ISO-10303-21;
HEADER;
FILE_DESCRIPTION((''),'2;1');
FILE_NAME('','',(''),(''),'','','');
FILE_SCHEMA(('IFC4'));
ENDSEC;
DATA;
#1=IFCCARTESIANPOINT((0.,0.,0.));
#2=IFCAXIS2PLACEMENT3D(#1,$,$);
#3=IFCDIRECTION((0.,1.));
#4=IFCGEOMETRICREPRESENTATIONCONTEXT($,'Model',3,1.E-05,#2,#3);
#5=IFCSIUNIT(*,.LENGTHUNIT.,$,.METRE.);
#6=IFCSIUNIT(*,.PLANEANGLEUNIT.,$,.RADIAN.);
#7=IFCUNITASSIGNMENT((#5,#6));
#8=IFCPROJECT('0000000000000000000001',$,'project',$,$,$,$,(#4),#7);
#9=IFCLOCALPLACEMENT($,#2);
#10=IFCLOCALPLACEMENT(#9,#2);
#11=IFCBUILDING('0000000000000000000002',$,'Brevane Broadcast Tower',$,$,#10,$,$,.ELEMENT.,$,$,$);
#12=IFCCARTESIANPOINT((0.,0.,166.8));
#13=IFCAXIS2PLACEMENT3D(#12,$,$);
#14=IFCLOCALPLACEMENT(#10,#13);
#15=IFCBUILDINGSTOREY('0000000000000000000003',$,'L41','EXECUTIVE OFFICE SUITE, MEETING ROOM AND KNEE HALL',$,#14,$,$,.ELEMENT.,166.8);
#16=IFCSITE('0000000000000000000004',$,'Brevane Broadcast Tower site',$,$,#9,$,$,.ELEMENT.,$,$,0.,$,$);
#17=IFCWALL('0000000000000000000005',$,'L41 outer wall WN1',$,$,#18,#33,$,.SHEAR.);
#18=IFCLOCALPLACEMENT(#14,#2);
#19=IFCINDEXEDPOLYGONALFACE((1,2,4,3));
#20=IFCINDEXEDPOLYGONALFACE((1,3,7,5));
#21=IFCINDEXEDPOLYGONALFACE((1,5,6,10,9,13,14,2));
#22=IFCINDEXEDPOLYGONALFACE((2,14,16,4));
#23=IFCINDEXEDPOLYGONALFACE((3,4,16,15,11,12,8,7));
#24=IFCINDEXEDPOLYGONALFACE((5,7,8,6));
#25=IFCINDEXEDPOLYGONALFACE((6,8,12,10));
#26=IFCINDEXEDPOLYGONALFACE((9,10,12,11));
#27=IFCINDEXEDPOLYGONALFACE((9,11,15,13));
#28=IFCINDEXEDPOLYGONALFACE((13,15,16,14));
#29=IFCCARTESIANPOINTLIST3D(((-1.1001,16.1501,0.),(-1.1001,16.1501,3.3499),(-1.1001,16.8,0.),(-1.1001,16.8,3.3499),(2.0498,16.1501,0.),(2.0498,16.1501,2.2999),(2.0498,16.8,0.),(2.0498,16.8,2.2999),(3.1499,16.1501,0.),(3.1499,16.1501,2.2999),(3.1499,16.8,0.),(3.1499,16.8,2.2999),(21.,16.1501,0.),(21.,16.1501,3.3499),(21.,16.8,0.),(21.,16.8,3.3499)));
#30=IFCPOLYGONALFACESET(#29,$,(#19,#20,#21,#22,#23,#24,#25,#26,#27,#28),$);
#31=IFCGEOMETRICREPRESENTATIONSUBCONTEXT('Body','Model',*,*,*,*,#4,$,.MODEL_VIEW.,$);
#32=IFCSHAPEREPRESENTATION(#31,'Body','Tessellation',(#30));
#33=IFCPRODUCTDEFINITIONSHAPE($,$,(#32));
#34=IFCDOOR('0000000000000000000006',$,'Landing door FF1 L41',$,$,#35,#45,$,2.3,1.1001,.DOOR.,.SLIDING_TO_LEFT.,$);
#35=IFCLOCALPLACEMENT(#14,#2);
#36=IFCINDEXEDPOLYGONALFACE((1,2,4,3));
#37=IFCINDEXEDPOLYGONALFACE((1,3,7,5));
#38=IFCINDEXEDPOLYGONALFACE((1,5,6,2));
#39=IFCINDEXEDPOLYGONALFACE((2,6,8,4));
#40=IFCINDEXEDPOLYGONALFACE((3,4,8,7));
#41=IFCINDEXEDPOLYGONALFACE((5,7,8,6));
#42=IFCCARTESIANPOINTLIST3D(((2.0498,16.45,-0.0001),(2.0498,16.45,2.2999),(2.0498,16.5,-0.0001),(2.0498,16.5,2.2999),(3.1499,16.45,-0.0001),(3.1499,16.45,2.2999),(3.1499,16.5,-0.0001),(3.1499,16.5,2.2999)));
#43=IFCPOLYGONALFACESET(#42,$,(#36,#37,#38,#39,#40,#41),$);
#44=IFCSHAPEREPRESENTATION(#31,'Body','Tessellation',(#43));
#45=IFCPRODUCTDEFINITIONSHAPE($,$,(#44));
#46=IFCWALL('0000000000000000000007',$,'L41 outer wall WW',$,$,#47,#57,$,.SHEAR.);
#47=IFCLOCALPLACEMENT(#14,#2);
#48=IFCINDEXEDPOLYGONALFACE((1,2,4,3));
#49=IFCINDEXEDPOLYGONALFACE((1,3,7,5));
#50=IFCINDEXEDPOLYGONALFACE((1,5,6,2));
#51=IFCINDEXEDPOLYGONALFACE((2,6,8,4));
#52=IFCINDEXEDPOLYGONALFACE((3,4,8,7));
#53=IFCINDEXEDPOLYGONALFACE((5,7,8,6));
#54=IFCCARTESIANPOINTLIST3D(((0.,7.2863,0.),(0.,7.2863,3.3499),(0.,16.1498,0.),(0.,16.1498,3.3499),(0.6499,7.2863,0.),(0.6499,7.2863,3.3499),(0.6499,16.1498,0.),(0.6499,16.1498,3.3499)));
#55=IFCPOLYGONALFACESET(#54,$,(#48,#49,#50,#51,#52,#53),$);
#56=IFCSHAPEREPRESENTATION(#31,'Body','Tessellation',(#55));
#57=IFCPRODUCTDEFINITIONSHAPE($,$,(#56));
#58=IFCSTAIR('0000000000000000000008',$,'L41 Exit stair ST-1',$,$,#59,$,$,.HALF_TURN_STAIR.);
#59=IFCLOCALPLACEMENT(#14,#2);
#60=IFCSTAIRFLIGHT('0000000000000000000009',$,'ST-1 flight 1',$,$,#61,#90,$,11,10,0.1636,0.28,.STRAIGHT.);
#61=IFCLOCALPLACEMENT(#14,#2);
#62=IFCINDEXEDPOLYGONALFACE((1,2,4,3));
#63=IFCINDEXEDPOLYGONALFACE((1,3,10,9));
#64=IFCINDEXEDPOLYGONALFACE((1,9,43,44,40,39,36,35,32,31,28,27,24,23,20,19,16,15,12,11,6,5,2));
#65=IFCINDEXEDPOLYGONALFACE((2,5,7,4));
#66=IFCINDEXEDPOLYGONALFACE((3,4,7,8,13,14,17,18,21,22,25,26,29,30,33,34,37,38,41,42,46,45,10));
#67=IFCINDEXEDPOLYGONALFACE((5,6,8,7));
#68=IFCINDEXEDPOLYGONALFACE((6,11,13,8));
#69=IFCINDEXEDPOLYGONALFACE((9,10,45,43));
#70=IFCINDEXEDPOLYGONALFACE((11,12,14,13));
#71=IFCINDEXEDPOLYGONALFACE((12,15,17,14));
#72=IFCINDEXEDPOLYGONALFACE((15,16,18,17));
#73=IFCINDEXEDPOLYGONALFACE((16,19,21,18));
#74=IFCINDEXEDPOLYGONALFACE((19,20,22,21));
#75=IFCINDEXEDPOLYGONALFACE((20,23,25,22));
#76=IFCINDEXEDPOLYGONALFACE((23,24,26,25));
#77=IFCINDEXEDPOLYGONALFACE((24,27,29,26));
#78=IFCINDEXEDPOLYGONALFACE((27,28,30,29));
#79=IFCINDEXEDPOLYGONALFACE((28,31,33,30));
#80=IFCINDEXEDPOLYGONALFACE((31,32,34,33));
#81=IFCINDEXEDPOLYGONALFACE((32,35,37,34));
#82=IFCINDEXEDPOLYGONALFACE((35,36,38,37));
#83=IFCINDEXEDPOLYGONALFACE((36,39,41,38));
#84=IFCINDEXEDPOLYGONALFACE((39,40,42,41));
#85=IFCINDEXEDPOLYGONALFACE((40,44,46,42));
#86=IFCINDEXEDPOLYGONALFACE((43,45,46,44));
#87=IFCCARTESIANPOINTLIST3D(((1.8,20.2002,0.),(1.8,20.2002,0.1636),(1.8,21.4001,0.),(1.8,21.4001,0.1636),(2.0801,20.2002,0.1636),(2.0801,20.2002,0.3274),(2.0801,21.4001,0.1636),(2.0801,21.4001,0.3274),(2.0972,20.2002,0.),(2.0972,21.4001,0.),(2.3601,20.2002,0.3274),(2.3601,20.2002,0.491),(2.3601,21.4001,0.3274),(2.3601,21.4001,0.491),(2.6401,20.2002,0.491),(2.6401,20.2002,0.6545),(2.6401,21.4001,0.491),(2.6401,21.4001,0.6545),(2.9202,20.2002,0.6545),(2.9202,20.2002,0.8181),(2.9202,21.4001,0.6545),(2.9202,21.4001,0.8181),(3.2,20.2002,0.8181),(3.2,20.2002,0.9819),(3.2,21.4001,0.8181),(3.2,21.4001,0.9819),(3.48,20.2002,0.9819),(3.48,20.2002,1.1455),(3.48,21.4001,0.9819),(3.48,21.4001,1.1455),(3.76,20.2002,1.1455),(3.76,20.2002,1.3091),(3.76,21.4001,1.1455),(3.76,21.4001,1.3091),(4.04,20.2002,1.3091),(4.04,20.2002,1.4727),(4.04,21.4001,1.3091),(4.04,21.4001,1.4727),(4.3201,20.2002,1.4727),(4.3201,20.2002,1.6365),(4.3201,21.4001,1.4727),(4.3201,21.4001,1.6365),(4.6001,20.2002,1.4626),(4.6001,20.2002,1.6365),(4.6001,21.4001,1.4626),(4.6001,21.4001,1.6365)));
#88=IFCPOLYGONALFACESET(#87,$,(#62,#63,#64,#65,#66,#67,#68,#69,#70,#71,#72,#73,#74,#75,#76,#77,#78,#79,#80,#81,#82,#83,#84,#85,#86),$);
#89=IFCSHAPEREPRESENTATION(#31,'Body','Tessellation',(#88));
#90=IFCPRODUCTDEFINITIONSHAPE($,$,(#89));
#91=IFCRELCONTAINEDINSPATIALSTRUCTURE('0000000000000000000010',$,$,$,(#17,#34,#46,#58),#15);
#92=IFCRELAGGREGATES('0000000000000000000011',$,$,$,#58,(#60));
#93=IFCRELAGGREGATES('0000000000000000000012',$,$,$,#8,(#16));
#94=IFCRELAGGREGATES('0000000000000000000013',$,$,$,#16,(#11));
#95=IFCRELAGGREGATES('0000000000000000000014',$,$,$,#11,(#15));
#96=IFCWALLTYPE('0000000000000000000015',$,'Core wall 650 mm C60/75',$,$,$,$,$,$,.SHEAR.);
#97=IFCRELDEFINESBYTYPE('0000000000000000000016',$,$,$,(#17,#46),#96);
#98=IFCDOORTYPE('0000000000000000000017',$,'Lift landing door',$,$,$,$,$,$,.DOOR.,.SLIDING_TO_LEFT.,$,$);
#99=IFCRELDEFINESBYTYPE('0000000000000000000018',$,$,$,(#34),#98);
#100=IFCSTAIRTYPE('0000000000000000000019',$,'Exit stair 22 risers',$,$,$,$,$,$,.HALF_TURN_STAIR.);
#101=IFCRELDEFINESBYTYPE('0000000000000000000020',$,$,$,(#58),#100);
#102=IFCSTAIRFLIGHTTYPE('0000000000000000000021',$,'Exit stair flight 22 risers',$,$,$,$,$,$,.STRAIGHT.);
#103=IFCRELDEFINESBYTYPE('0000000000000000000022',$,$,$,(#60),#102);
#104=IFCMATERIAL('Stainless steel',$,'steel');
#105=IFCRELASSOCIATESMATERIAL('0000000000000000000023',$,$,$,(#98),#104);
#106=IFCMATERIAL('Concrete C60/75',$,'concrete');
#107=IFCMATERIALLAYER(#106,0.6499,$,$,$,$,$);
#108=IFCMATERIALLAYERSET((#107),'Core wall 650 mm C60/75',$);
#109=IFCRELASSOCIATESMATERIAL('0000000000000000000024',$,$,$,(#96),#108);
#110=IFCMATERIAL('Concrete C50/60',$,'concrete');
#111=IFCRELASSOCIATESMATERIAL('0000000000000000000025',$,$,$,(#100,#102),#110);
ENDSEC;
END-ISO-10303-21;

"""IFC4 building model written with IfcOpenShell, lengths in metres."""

from ifc_helpers import new_model, si_unit, direction, frame, frame_2d, origin, place, context, subcontext, project, spatial, polyline, rectangle, outline, extrude, material, layer, layer_set, type_object, element, fill, aggregate, save


model = new_model("IFC4")

# Units and contexts
model_context = context("Model", 3, precision=1e-05, world=origin(), true_north=direction((0.0, 1.0)))
body_context = subcontext(model_context, "Body", "Model", "MODEL_VIEW")
ifc_project = project(units=[si_unit("LENGTHUNIT", "METRE"), si_unit("PLANEANGLEUNIT", "RADIAN")], contexts=[model_context])

# Site, building, storey
site_placement = place(None, origin())
site = spatial("IfcSite", under=ifc_project, at=site_placement, Name="Brevane Broadcast Tower site", CompositionType="ELEMENT", RefElevation=0.0)
building_placement = place(site_placement, origin())
building = spatial("IfcBuilding", under=site, at=building_placement, Name="Brevane Broadcast Tower", CompositionType="ELEMENT")
storey_placement = place(building_placement, frame((0.0, 0.0, 166.8)))
storey = spatial("IfcBuildingStorey", under=building, at=storey_placement, Name="L41", Description="EXECUTIVE OFFICE SUITE, MEETING ROOM AND KNEE HALL", CompositionType="ELEMENT", Elevation=166.8)

# Shared definitions
ifc_material_1 = material(Name="Concrete C60/75", Category="concrete")

# Shared definitions
ifc_material_2 = material(Name="Stainless steel", Category="steel")
door_type_1 = type_object("IfcDoorType", Name="Lift landing door", OperationType="SLIDING_TO_LEFT", PredefinedType="DOOR", material=ifc_material_2)

# Wall, opening, door
ifc_layer_1 = layer(ifc_material_1, 0.6499)
ifc_layer_set_1 = layer_set([ifc_layer_1], Name="Core wall 650 mm C60/75")
wall_type_1 = type_object("IfcWallType", Name="Core wall 650 mm C60/75", PredefinedType="SHEAR", material=ifc_layer_set_1)
wall_1_placement = place(storey_placement, frame((-1.1001, 16.4751, 0.0), z_axis=(0.0, 0.0, 1.0), x_axis=(1.0, 0.0, 0.0)))
wall_1 = element("IfcWall", 1, at=wall_1_placement, inside=storey, type_object=wall_type_1, Name="L41 outer wall WN1", PredefinedType="SHEAR", context=body_context, shape_type="SweptSolid", body=[
    extrude(rectangle(XDim=22.1001, YDim=0.6499, at=frame_2d((11.05, 0.0))), origin(), (0.0, 0.0, 1.0), 3.3499),
])
opening_1_placement = place(wall_1_placement, frame((3.1499, 0.0, 0.0)))
opening_1 = element("IfcOpeningElement", 2, at=opening_1_placement, cuts=wall_1, PredefinedType="OPENING", context=body_context, shape_type="SweptSolid", body=[
    extrude(rectangle(XDim=1.1001, YDim=2.3, at=frame_2d((0.55, 1.1499))), frame((0.0, 0.335, 0.0), z_axis=(0.0, -1.0, 0.0), x_axis=(1.0, 0.0, 0.0)), (0.0, 0.0, 1.0), 0.6699),
])
door_1_placement = place(opening_1_placement, origin())
door_1 = element("IfcDoor", 3, at=door_1_placement, inside=storey, type_object=door_type_1, Name="Landing door FF1 L41", OperationType="SLIDING_TO_LEFT", OverallHeight=2.3, OverallWidth=1.1001, PredefinedType="DOOR", context=body_context, shape_type="SweptSolid", body=[
    extrude(rectangle(XDim=1.1001, YDim=2.3, at=frame_2d((0.55, 1.1499))), frame((0.0, 0.0249, 0.0), z_axis=(0.0, -1.0, 0.0), x_axis=(1.0, 0.0, 0.0)), (0.0, 0.0, 1.0), 0.05),
])
fill(opening_1, door_1)

# Wall
wall_2_placement = place(storey_placement, frame((0.325, 7.2864, 0.0), z_axis=(0.0, 0.0, 1.0), x_axis=(0.0, 1.0, 0.0)))
element("IfcWall", 4, at=wall_2_placement, inside=storey, type_object=wall_type_1, Name="L41 outer wall WW", PredefinedType="SHEAR", context=body_context, shape_type="SweptSolid", body=[
    extrude(rectangle(XDim=8.8635, YDim=0.6499, at=frame_2d((4.4316, 0.0))), origin(), (0.0, 0.0, 1.0), 3.3499),
])

# Stair, stair flight
ifc_material_3 = material(Name="Concrete C50/60", Category="concrete")
stair_type = type_object("IfcStairType", Name="Exit stair 22 risers", PredefinedType="HALF_TURN_STAIR", material=ifc_material_3)
stair_placement = place(storey_placement, origin())
stair = element("IfcStair", 5, at=stair_placement, inside=storey, type_object=stair_type, Name="L41 Exit stair ST-1", PredefinedType="HALF_TURN_STAIR")
stair_flight_type = type_object("IfcStairFlightType", Name="Exit stair flight 22 risers", PredefinedType="STRAIGHT", material=ifc_material_3)
stair_flight_placement = place(storey_placement, frame((1.8, 20.8, 0.0), z_axis=(0.0, 0.0, 1.0), x_axis=(1.0, 0.0, 0.0)))
stair_flight = element("IfcStairFlight", 6, at=stair_flight_placement, type_object=stair_flight_type, Name="ST-1 flight 1", NumberOfRisers=11, NumberOfTreads=10, PredefinedType="STRAIGHT", RiserHeight=0.1636, TreadLength=0.28, context=body_context, shape_type="SweptSolid", body=[
    extrude(outline(polyline([(0.0, 0.0), (0.0, 0.1636), (0.28, 0.1636), (0.28, 0.3274), (0.5601, 0.3274), (0.5601, 0.491), (0.8401, 0.491), (0.8401, 0.6545), (1.1201, 0.6545), (1.1201, 0.8181), (1.3999, 0.8181), (1.3999, 0.9819), (1.6799, 0.9819), (1.6799, 1.1455), (1.96, 1.1455), (1.96, 1.3091), (2.24, 1.3091), (2.24, 1.4727), (2.52, 1.4727), (2.52, 1.6365), (2.8, 1.6365), (2.8, 1.8), (2.8, 1.4626), (0.2971, 0.0), (0.0, 0.0)])), frame((0.0, 0.6001, 0.0), z_axis=(0.0, -1.0, 0.0), x_axis=(1.0, 0.0, 0.0)), (0.0, 0.0, 1.0), 1.2),
])
aggregate(stair, [stair_flight])

save(model, "model.ifc")
